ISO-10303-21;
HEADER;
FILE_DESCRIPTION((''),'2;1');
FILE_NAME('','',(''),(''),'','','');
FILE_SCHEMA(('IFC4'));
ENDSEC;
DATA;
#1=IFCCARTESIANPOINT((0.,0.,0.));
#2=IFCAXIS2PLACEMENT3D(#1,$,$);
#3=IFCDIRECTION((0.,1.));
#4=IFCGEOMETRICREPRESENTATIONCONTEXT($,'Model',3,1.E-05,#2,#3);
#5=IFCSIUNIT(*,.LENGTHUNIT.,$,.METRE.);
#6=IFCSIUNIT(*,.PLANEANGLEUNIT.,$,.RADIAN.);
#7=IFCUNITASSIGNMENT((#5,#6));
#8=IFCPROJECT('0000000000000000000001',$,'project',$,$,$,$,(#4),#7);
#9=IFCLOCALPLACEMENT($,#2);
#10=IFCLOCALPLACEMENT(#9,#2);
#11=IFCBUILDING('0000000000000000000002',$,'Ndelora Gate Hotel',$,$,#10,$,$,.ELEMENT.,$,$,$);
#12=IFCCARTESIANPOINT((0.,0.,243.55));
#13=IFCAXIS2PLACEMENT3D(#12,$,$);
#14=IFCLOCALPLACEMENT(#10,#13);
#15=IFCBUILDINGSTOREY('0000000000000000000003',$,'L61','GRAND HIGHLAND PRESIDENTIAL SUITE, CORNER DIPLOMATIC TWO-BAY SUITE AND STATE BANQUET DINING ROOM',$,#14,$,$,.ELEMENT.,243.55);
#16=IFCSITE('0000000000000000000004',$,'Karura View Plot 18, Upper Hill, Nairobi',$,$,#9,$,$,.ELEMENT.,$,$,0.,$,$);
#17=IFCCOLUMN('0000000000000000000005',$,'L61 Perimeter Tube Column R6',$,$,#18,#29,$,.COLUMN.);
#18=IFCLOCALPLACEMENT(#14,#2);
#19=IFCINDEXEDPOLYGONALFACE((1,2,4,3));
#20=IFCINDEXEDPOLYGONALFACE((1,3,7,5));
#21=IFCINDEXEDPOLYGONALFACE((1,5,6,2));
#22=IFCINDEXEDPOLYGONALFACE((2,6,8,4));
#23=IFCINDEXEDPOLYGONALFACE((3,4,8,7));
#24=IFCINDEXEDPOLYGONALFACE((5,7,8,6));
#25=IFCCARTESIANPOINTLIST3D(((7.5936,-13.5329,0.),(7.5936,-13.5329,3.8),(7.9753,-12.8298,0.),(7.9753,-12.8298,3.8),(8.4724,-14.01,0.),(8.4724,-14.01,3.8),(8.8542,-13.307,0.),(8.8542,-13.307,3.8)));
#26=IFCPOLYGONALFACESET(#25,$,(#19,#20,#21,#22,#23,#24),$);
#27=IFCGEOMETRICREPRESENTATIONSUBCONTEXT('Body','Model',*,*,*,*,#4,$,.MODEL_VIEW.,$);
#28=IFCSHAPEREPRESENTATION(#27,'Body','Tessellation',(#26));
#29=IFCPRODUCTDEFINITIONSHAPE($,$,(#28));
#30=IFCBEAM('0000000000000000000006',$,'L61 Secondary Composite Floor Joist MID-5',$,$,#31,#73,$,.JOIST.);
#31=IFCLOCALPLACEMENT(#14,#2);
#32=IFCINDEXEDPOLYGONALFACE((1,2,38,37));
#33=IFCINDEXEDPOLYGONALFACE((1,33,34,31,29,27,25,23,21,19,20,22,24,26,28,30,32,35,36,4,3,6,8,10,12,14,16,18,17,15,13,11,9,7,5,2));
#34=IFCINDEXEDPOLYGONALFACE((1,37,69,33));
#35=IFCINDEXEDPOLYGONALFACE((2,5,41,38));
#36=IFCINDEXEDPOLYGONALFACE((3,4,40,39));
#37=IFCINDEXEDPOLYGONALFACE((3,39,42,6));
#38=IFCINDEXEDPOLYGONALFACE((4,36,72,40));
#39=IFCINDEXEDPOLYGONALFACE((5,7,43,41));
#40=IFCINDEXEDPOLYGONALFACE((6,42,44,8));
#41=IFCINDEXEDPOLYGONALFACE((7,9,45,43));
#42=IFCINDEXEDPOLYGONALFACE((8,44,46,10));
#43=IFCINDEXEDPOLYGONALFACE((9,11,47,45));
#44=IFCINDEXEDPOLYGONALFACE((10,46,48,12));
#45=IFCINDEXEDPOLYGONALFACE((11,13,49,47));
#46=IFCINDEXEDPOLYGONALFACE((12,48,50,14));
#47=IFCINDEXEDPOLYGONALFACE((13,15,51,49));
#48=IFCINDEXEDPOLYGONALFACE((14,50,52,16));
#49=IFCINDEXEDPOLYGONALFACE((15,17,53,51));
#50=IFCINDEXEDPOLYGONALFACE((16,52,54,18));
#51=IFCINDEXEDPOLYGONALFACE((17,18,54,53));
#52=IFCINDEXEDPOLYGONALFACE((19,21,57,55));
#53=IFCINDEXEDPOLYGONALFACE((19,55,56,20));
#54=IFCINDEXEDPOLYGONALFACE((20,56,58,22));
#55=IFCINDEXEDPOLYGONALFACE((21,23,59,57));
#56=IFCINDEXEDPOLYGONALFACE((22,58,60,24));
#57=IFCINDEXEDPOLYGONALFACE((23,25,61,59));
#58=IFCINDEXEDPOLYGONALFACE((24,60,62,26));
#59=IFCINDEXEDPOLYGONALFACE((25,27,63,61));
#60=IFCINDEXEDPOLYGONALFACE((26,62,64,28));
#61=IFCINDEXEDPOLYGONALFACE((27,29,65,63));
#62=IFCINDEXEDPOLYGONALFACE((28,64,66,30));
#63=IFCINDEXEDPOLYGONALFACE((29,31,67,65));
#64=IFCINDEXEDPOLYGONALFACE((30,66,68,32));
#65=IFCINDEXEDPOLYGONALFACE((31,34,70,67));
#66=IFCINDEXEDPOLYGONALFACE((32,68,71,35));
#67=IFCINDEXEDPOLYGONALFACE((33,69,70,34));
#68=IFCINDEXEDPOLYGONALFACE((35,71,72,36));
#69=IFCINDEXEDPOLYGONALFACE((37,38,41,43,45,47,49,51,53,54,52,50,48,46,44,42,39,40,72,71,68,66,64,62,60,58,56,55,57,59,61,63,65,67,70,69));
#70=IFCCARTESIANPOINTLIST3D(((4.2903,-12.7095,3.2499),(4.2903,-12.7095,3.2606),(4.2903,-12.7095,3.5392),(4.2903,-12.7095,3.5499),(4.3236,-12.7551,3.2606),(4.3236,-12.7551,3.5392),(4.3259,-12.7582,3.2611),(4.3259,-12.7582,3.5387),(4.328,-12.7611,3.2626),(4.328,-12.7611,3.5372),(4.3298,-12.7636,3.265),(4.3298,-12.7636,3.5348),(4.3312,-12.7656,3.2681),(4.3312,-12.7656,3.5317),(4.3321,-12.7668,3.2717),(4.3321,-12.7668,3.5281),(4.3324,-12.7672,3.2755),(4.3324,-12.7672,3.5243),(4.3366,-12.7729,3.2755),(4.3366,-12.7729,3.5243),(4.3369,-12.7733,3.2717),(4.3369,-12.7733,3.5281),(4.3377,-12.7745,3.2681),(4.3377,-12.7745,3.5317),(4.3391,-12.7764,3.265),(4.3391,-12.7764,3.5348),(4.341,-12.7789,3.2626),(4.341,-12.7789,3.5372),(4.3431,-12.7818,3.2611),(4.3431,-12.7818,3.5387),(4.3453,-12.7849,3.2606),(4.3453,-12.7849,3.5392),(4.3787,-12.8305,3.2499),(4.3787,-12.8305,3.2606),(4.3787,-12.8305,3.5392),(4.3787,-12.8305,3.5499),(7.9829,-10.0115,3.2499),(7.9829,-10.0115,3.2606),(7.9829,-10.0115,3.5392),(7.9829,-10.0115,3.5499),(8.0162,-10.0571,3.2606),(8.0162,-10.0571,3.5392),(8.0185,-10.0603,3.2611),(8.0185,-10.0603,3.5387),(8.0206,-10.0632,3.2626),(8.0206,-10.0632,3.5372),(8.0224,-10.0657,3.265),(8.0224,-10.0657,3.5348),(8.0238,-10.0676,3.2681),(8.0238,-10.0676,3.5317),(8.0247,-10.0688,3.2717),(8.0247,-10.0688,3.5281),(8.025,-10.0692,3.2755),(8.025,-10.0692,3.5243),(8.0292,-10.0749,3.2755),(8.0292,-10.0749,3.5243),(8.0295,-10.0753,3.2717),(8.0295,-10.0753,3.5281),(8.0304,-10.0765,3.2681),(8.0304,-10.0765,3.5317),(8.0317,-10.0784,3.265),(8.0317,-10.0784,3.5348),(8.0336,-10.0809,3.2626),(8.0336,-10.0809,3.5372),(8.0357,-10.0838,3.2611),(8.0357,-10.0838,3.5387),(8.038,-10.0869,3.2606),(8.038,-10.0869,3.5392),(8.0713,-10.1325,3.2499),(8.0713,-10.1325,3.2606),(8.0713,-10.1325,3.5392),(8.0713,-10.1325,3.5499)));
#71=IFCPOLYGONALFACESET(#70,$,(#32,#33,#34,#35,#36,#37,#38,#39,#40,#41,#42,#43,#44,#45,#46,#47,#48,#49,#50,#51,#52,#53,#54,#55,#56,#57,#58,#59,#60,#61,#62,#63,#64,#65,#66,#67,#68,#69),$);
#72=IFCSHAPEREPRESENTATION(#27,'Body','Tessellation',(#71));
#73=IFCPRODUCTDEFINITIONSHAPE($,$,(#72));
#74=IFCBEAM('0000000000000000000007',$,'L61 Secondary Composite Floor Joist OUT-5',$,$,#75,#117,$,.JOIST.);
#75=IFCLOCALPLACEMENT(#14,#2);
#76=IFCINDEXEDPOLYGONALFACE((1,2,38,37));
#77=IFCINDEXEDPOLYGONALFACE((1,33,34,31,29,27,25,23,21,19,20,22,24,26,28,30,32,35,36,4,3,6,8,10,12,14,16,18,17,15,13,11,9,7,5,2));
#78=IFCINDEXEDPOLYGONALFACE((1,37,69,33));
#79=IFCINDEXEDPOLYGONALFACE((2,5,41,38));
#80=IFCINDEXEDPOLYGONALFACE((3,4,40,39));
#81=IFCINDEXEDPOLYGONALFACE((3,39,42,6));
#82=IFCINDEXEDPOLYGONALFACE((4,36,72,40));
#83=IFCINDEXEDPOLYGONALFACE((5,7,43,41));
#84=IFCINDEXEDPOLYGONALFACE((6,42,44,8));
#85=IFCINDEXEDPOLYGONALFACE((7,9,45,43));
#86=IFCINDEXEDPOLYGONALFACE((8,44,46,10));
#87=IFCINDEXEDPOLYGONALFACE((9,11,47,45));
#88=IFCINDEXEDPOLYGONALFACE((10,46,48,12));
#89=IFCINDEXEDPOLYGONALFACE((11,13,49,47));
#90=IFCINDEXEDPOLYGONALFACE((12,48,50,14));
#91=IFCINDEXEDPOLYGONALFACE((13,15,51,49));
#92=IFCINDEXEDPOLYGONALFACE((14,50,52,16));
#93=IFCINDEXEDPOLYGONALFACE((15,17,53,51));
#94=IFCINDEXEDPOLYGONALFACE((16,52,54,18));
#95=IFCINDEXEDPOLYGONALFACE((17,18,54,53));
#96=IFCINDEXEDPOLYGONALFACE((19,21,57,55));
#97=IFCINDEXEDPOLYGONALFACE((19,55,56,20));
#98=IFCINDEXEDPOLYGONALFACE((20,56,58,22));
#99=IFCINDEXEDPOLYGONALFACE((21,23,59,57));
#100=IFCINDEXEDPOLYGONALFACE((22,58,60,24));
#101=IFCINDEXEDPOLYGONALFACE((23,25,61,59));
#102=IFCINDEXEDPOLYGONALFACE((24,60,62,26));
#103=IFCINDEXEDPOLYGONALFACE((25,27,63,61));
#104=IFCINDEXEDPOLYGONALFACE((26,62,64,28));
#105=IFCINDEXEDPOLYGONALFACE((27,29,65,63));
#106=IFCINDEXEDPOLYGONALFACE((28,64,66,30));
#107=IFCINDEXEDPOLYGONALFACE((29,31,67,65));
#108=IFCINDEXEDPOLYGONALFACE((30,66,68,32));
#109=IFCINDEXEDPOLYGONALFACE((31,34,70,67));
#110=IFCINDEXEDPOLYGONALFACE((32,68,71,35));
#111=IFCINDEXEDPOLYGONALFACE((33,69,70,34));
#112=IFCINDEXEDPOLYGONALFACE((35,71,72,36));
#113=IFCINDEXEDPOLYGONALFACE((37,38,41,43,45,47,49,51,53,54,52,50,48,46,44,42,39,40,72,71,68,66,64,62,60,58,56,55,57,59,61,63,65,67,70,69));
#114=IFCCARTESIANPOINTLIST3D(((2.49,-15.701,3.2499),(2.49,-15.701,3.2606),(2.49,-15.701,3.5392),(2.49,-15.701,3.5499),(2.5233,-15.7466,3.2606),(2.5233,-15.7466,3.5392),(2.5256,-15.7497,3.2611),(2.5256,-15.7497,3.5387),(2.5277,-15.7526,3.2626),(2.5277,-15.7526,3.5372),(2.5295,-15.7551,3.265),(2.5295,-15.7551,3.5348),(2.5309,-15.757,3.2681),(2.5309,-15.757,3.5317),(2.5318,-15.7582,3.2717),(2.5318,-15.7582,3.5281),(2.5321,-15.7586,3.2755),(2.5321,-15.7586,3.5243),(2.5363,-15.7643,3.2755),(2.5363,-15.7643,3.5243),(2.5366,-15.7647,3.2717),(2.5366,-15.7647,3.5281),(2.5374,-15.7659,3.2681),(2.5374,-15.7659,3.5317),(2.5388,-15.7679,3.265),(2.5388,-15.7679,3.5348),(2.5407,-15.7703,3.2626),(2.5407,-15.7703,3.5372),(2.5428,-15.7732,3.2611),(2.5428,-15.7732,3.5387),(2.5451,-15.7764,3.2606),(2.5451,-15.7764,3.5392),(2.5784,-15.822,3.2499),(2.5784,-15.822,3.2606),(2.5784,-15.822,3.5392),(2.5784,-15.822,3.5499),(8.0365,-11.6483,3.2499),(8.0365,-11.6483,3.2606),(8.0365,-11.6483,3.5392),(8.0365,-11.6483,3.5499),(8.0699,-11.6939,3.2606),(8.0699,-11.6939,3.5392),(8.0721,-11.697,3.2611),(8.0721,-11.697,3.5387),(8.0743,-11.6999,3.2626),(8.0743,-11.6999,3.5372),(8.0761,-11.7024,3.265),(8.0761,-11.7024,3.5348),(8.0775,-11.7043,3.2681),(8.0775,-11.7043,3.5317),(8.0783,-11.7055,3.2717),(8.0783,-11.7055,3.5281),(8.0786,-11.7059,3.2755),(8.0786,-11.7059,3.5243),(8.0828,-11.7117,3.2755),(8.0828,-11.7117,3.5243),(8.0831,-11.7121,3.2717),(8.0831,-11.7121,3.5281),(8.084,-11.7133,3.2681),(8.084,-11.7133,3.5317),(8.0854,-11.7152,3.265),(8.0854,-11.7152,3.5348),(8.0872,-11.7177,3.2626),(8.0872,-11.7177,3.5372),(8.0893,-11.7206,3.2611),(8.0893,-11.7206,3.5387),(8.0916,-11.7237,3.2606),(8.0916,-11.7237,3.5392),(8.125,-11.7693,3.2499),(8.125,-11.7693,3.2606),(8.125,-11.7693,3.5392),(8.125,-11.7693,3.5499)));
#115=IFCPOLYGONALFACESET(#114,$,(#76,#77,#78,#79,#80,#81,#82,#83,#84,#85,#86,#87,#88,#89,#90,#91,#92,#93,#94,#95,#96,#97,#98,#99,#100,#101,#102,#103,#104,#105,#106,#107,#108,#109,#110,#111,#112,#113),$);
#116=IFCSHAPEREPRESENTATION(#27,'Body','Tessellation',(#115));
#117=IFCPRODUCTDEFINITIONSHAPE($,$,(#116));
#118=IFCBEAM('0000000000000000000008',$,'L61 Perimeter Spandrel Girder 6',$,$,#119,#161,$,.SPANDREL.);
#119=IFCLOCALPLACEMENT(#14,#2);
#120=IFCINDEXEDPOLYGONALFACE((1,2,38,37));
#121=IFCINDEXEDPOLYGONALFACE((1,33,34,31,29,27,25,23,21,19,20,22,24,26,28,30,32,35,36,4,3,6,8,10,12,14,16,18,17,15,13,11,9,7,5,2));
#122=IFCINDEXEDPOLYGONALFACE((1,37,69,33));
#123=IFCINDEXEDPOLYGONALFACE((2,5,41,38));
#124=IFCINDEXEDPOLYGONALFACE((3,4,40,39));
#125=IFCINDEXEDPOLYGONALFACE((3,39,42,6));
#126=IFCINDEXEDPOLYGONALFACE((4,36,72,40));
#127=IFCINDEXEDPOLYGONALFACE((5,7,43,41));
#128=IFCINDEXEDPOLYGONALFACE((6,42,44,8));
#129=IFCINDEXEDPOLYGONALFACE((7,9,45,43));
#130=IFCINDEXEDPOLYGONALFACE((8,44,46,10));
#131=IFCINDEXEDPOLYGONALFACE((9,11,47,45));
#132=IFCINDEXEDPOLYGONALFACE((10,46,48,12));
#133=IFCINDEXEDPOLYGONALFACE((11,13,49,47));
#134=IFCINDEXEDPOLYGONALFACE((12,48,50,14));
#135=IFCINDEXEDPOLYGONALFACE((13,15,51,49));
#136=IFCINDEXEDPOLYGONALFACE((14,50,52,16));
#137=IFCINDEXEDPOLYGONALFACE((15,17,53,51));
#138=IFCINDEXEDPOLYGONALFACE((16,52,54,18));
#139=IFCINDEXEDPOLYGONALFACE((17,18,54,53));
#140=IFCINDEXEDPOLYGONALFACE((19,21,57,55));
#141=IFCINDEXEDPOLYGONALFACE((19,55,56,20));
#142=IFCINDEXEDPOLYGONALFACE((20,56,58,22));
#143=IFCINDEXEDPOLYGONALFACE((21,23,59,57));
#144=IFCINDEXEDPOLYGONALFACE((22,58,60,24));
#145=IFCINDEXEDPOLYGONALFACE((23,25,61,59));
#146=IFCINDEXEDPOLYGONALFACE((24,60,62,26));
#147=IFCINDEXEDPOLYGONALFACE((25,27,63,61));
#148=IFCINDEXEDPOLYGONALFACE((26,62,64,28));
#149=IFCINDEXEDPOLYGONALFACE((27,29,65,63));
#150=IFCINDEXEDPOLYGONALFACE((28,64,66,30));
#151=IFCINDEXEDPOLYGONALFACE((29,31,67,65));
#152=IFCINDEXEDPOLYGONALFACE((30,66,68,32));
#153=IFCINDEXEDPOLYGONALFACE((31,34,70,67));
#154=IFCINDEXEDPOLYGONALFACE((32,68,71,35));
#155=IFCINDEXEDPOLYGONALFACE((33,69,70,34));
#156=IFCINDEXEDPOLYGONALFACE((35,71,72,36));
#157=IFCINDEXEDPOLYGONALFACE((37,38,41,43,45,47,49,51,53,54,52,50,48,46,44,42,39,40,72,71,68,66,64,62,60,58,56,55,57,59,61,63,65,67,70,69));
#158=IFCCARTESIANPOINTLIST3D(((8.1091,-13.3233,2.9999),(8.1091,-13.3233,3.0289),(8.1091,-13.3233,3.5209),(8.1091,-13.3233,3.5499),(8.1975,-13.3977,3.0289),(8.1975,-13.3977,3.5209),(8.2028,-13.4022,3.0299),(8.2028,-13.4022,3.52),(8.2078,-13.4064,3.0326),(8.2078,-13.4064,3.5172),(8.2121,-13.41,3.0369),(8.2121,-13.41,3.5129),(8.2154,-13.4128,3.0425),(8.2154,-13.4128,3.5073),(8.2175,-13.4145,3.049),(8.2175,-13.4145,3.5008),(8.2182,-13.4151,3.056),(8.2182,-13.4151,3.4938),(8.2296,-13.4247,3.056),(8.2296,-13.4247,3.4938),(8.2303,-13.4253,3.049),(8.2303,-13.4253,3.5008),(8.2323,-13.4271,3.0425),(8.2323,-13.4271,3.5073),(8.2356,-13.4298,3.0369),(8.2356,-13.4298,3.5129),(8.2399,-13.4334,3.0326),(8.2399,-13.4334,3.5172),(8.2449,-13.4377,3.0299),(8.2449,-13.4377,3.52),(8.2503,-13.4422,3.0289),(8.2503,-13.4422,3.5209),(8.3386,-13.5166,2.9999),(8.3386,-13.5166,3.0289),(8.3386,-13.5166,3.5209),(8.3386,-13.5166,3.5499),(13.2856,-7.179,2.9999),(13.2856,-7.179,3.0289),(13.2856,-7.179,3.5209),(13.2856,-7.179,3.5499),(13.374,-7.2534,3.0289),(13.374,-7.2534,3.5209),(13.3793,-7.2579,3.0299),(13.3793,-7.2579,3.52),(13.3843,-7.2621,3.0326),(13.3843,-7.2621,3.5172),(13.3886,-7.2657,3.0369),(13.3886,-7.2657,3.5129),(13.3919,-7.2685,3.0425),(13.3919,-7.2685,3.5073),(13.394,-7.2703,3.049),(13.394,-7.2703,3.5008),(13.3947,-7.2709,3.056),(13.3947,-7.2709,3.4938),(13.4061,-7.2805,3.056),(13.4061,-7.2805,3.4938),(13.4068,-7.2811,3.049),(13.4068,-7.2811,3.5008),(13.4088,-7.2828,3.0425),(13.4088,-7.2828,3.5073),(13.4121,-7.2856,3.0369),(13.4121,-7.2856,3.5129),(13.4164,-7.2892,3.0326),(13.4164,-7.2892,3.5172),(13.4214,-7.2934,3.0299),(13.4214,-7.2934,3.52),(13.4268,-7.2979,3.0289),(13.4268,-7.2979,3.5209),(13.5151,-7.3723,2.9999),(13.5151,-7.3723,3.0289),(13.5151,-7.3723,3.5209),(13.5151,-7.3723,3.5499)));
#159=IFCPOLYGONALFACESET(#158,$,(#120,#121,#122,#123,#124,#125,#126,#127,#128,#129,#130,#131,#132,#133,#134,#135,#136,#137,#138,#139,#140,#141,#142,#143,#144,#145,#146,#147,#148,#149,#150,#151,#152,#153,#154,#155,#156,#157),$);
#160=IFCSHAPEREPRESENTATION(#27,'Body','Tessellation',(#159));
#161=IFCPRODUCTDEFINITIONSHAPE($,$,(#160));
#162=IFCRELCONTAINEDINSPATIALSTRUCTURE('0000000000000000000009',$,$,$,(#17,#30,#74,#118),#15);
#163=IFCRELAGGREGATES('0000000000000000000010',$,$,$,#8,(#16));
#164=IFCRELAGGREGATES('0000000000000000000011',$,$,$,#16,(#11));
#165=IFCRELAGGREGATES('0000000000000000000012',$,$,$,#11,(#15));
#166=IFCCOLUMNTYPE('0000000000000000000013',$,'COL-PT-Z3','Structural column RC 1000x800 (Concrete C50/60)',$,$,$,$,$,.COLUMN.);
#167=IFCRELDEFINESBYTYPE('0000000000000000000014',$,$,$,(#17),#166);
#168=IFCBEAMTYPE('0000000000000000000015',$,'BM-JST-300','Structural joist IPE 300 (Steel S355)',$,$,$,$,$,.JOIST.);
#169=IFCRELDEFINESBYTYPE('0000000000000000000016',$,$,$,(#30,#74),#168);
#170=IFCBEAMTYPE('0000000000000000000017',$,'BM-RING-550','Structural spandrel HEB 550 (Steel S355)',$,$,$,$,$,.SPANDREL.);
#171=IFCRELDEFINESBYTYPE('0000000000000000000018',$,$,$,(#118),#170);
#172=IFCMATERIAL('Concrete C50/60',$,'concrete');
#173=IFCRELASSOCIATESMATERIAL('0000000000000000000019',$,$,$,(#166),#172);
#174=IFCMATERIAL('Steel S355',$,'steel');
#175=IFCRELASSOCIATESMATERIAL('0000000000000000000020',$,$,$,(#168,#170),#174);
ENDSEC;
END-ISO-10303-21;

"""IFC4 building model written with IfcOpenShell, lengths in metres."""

from ifc_helpers import new_model, si_unit, direction, frame, origin, origin_2d, place, context, subcontext, project, spatial, rectangle, i_section, extrude, material, material_profile, profile_set, type_object, element, save


model = new_model("IFC4")

# Units and contexts
model_context = context("Model", 3, precision=1e-05, world=origin(), true_north=direction((0.0, 1.0)))
body_context = subcontext(model_context, "Body", "Model", "MODEL_VIEW")
ifc_project = project(units=[si_unit("LENGTHUNIT", "METRE"), si_unit("PLANEANGLEUNIT", "RADIAN")], contexts=[model_context])

# Site, building, storey
site_placement = place(None, origin())
site = spatial("IfcSite", under=ifc_project, at=site_placement, Name="Karura View Plot 18, Upper Hill, Nairobi", CompositionType="ELEMENT", RefElevation=0.0)
building_placement = place(site_placement, origin())
building = spatial("IfcBuilding", under=site, at=building_placement, Name="Ndelora Gate Hotel", CompositionType="ELEMENT")
storey_placement = place(building_placement, frame((0.0, 0.0, 243.55)))
storey = spatial("IfcBuildingStorey", under=building, at=storey_placement, Name="L61", Description="GRAND HIGHLAND PRESIDENTIAL SUITE, CORNER DIPLOMATIC TWO-BAY SUITE AND STATE BANQUET DINING ROOM", CompositionType="ELEMENT", Elevation=243.55)

# Column
ifc_material_1 = material(Name="Concrete C50/60", Category="concrete")
ifc_material_profile_1 = material_profile(ifc_material_1, rectangle(XDim=0.8, YDim=1.0, at=origin_2d()), Name="RC 1000x800")
ifc_profile_set_1 = profile_set([ifc_material_profile_1], Name="Concrete C50/60")
column_type = type_object("IfcColumnType", Name="COL-PT-Z3", Description="Structural column RC 1000x800 (Concrete C50/60)", PredefinedType="COLUMN", material=ifc_profile_set_1)
column_placement = place(storey_placement, frame((8.2239, -13.4199, 0.0), z_axis=(0.0, 0.0, 1.0), x_axis=(0.477159, 0.878817, 0.0)))
element("IfcColumn", 1, at=column_placement, inside=storey, type_object=column_type, Name="L61 Perimeter Tube Column R6", PredefinedType="COLUMN", context=body_context, shape_type="SweptSolid", body=[
    extrude(rectangle(XDim=0.8, YDim=1.0, at=origin_2d()), origin(), (0.0, 0.0, 1.0), 3.8),
])

# Beams
ifc_material_2 = material(Name="Steel S355", Category="steel")
ifc_material_profile_2 = material_profile(ifc_material_2, i_section(OverallWidth=0.1499, OverallDepth=0.3, WebThickness=0.0071, FlangeThickness=0.0107, FilletRadius=0.0149, at=origin_2d()), Name="IPE 300")
ifc_profile_set_2 = profile_set([ifc_material_profile_2], Name="Steel S355")
beam_type_1 = type_object("IfcBeamType", Name="BM-JST-300", Description="Structural joist IPE 300 (Steel S355)", PredefinedType="JOIST", material=ifc_profile_set_2)
beam_1_placement = place(storey_placement, frame((4.3345, -12.77, 3.3999), z_axis=(0.807439, 0.589951, 0.0), x_axis=(-0.589951, 0.807439, 0.0)))
element("IfcBeam", 2, at=beam_1_placement, inside=storey, type_object=beam_type_1, Name="L61 Secondary Composite Floor Joist MID-5", PredefinedType="JOIST", context=body_context, shape_type="SweptSolid", body=[
    extrude(i_section(OverallWidth=0.1499, OverallDepth=0.3, WebThickness=0.0071, FlangeThickness=0.0107, FilletRadius=0.0149, at=origin_2d()), origin(), (0.0, 0.0, 1.0), 4.5732),
])
beam_2_placement = place(storey_placement, frame((2.5342, -15.7615, 3.3999), z_axis=(0.807431, 0.589962, 0.0), x_axis=(-0.589962, 0.807431, 0.0)))
element("IfcBeam", 3, at=beam_2_placement, inside=storey, type_object=beam_type_1, Name="L61 Secondary Composite Floor Joist OUT-5", PredefinedType="JOIST", context=body_context, shape_type="SweptSolid", body=[
    extrude(i_section(OverallWidth=0.1499, OverallDepth=0.3, WebThickness=0.0071, FlangeThickness=0.0107, FilletRadius=0.0149, at=origin_2d()), origin(), (0.0, 0.0, 1.0), 6.8694),
])
ifc_material_profile_3 = material_profile(ifc_material_2, i_section(OverallWidth=0.3, OverallDepth=0.55, WebThickness=0.0149, FlangeThickness=0.0291, FilletRadius=0.0271, at=origin_2d()), Name="HEB 550")
ifc_profile_set_3 = profile_set([ifc_material_profile_3], Name="Steel S355")
beam_type_2 = type_object("IfcBeamType", Name="BM-RING-550", Description="Structural spandrel HEB 550 (Steel S355)", PredefinedType="SPANDREL", material=ifc_profile_set_3)
beam_3_placement = place(storey_placement, frame((8.2239, -13.4199, 3.2749), z_axis=(0.644309, 0.764765, 0.0), x_axis=(-0.764765, 0.644309, 0.0)))
element("IfcBeam", 4, at=beam_3_placement, inside=storey, type_object=beam_type_2, Name="L61 Perimeter Spandrel Girder 6", PredefinedType="SPANDREL", context=body_context, shape_type="SweptSolid", body=[
    extrude(i_section(OverallWidth=0.3, OverallDepth=0.55, WebThickness=0.0149, FlangeThickness=0.0291, FilletRadius=0.0271, at=origin_2d()), origin(), (0.0, 0.0, 1.0), 8.0342),
])

save(model, "model.ifc")
